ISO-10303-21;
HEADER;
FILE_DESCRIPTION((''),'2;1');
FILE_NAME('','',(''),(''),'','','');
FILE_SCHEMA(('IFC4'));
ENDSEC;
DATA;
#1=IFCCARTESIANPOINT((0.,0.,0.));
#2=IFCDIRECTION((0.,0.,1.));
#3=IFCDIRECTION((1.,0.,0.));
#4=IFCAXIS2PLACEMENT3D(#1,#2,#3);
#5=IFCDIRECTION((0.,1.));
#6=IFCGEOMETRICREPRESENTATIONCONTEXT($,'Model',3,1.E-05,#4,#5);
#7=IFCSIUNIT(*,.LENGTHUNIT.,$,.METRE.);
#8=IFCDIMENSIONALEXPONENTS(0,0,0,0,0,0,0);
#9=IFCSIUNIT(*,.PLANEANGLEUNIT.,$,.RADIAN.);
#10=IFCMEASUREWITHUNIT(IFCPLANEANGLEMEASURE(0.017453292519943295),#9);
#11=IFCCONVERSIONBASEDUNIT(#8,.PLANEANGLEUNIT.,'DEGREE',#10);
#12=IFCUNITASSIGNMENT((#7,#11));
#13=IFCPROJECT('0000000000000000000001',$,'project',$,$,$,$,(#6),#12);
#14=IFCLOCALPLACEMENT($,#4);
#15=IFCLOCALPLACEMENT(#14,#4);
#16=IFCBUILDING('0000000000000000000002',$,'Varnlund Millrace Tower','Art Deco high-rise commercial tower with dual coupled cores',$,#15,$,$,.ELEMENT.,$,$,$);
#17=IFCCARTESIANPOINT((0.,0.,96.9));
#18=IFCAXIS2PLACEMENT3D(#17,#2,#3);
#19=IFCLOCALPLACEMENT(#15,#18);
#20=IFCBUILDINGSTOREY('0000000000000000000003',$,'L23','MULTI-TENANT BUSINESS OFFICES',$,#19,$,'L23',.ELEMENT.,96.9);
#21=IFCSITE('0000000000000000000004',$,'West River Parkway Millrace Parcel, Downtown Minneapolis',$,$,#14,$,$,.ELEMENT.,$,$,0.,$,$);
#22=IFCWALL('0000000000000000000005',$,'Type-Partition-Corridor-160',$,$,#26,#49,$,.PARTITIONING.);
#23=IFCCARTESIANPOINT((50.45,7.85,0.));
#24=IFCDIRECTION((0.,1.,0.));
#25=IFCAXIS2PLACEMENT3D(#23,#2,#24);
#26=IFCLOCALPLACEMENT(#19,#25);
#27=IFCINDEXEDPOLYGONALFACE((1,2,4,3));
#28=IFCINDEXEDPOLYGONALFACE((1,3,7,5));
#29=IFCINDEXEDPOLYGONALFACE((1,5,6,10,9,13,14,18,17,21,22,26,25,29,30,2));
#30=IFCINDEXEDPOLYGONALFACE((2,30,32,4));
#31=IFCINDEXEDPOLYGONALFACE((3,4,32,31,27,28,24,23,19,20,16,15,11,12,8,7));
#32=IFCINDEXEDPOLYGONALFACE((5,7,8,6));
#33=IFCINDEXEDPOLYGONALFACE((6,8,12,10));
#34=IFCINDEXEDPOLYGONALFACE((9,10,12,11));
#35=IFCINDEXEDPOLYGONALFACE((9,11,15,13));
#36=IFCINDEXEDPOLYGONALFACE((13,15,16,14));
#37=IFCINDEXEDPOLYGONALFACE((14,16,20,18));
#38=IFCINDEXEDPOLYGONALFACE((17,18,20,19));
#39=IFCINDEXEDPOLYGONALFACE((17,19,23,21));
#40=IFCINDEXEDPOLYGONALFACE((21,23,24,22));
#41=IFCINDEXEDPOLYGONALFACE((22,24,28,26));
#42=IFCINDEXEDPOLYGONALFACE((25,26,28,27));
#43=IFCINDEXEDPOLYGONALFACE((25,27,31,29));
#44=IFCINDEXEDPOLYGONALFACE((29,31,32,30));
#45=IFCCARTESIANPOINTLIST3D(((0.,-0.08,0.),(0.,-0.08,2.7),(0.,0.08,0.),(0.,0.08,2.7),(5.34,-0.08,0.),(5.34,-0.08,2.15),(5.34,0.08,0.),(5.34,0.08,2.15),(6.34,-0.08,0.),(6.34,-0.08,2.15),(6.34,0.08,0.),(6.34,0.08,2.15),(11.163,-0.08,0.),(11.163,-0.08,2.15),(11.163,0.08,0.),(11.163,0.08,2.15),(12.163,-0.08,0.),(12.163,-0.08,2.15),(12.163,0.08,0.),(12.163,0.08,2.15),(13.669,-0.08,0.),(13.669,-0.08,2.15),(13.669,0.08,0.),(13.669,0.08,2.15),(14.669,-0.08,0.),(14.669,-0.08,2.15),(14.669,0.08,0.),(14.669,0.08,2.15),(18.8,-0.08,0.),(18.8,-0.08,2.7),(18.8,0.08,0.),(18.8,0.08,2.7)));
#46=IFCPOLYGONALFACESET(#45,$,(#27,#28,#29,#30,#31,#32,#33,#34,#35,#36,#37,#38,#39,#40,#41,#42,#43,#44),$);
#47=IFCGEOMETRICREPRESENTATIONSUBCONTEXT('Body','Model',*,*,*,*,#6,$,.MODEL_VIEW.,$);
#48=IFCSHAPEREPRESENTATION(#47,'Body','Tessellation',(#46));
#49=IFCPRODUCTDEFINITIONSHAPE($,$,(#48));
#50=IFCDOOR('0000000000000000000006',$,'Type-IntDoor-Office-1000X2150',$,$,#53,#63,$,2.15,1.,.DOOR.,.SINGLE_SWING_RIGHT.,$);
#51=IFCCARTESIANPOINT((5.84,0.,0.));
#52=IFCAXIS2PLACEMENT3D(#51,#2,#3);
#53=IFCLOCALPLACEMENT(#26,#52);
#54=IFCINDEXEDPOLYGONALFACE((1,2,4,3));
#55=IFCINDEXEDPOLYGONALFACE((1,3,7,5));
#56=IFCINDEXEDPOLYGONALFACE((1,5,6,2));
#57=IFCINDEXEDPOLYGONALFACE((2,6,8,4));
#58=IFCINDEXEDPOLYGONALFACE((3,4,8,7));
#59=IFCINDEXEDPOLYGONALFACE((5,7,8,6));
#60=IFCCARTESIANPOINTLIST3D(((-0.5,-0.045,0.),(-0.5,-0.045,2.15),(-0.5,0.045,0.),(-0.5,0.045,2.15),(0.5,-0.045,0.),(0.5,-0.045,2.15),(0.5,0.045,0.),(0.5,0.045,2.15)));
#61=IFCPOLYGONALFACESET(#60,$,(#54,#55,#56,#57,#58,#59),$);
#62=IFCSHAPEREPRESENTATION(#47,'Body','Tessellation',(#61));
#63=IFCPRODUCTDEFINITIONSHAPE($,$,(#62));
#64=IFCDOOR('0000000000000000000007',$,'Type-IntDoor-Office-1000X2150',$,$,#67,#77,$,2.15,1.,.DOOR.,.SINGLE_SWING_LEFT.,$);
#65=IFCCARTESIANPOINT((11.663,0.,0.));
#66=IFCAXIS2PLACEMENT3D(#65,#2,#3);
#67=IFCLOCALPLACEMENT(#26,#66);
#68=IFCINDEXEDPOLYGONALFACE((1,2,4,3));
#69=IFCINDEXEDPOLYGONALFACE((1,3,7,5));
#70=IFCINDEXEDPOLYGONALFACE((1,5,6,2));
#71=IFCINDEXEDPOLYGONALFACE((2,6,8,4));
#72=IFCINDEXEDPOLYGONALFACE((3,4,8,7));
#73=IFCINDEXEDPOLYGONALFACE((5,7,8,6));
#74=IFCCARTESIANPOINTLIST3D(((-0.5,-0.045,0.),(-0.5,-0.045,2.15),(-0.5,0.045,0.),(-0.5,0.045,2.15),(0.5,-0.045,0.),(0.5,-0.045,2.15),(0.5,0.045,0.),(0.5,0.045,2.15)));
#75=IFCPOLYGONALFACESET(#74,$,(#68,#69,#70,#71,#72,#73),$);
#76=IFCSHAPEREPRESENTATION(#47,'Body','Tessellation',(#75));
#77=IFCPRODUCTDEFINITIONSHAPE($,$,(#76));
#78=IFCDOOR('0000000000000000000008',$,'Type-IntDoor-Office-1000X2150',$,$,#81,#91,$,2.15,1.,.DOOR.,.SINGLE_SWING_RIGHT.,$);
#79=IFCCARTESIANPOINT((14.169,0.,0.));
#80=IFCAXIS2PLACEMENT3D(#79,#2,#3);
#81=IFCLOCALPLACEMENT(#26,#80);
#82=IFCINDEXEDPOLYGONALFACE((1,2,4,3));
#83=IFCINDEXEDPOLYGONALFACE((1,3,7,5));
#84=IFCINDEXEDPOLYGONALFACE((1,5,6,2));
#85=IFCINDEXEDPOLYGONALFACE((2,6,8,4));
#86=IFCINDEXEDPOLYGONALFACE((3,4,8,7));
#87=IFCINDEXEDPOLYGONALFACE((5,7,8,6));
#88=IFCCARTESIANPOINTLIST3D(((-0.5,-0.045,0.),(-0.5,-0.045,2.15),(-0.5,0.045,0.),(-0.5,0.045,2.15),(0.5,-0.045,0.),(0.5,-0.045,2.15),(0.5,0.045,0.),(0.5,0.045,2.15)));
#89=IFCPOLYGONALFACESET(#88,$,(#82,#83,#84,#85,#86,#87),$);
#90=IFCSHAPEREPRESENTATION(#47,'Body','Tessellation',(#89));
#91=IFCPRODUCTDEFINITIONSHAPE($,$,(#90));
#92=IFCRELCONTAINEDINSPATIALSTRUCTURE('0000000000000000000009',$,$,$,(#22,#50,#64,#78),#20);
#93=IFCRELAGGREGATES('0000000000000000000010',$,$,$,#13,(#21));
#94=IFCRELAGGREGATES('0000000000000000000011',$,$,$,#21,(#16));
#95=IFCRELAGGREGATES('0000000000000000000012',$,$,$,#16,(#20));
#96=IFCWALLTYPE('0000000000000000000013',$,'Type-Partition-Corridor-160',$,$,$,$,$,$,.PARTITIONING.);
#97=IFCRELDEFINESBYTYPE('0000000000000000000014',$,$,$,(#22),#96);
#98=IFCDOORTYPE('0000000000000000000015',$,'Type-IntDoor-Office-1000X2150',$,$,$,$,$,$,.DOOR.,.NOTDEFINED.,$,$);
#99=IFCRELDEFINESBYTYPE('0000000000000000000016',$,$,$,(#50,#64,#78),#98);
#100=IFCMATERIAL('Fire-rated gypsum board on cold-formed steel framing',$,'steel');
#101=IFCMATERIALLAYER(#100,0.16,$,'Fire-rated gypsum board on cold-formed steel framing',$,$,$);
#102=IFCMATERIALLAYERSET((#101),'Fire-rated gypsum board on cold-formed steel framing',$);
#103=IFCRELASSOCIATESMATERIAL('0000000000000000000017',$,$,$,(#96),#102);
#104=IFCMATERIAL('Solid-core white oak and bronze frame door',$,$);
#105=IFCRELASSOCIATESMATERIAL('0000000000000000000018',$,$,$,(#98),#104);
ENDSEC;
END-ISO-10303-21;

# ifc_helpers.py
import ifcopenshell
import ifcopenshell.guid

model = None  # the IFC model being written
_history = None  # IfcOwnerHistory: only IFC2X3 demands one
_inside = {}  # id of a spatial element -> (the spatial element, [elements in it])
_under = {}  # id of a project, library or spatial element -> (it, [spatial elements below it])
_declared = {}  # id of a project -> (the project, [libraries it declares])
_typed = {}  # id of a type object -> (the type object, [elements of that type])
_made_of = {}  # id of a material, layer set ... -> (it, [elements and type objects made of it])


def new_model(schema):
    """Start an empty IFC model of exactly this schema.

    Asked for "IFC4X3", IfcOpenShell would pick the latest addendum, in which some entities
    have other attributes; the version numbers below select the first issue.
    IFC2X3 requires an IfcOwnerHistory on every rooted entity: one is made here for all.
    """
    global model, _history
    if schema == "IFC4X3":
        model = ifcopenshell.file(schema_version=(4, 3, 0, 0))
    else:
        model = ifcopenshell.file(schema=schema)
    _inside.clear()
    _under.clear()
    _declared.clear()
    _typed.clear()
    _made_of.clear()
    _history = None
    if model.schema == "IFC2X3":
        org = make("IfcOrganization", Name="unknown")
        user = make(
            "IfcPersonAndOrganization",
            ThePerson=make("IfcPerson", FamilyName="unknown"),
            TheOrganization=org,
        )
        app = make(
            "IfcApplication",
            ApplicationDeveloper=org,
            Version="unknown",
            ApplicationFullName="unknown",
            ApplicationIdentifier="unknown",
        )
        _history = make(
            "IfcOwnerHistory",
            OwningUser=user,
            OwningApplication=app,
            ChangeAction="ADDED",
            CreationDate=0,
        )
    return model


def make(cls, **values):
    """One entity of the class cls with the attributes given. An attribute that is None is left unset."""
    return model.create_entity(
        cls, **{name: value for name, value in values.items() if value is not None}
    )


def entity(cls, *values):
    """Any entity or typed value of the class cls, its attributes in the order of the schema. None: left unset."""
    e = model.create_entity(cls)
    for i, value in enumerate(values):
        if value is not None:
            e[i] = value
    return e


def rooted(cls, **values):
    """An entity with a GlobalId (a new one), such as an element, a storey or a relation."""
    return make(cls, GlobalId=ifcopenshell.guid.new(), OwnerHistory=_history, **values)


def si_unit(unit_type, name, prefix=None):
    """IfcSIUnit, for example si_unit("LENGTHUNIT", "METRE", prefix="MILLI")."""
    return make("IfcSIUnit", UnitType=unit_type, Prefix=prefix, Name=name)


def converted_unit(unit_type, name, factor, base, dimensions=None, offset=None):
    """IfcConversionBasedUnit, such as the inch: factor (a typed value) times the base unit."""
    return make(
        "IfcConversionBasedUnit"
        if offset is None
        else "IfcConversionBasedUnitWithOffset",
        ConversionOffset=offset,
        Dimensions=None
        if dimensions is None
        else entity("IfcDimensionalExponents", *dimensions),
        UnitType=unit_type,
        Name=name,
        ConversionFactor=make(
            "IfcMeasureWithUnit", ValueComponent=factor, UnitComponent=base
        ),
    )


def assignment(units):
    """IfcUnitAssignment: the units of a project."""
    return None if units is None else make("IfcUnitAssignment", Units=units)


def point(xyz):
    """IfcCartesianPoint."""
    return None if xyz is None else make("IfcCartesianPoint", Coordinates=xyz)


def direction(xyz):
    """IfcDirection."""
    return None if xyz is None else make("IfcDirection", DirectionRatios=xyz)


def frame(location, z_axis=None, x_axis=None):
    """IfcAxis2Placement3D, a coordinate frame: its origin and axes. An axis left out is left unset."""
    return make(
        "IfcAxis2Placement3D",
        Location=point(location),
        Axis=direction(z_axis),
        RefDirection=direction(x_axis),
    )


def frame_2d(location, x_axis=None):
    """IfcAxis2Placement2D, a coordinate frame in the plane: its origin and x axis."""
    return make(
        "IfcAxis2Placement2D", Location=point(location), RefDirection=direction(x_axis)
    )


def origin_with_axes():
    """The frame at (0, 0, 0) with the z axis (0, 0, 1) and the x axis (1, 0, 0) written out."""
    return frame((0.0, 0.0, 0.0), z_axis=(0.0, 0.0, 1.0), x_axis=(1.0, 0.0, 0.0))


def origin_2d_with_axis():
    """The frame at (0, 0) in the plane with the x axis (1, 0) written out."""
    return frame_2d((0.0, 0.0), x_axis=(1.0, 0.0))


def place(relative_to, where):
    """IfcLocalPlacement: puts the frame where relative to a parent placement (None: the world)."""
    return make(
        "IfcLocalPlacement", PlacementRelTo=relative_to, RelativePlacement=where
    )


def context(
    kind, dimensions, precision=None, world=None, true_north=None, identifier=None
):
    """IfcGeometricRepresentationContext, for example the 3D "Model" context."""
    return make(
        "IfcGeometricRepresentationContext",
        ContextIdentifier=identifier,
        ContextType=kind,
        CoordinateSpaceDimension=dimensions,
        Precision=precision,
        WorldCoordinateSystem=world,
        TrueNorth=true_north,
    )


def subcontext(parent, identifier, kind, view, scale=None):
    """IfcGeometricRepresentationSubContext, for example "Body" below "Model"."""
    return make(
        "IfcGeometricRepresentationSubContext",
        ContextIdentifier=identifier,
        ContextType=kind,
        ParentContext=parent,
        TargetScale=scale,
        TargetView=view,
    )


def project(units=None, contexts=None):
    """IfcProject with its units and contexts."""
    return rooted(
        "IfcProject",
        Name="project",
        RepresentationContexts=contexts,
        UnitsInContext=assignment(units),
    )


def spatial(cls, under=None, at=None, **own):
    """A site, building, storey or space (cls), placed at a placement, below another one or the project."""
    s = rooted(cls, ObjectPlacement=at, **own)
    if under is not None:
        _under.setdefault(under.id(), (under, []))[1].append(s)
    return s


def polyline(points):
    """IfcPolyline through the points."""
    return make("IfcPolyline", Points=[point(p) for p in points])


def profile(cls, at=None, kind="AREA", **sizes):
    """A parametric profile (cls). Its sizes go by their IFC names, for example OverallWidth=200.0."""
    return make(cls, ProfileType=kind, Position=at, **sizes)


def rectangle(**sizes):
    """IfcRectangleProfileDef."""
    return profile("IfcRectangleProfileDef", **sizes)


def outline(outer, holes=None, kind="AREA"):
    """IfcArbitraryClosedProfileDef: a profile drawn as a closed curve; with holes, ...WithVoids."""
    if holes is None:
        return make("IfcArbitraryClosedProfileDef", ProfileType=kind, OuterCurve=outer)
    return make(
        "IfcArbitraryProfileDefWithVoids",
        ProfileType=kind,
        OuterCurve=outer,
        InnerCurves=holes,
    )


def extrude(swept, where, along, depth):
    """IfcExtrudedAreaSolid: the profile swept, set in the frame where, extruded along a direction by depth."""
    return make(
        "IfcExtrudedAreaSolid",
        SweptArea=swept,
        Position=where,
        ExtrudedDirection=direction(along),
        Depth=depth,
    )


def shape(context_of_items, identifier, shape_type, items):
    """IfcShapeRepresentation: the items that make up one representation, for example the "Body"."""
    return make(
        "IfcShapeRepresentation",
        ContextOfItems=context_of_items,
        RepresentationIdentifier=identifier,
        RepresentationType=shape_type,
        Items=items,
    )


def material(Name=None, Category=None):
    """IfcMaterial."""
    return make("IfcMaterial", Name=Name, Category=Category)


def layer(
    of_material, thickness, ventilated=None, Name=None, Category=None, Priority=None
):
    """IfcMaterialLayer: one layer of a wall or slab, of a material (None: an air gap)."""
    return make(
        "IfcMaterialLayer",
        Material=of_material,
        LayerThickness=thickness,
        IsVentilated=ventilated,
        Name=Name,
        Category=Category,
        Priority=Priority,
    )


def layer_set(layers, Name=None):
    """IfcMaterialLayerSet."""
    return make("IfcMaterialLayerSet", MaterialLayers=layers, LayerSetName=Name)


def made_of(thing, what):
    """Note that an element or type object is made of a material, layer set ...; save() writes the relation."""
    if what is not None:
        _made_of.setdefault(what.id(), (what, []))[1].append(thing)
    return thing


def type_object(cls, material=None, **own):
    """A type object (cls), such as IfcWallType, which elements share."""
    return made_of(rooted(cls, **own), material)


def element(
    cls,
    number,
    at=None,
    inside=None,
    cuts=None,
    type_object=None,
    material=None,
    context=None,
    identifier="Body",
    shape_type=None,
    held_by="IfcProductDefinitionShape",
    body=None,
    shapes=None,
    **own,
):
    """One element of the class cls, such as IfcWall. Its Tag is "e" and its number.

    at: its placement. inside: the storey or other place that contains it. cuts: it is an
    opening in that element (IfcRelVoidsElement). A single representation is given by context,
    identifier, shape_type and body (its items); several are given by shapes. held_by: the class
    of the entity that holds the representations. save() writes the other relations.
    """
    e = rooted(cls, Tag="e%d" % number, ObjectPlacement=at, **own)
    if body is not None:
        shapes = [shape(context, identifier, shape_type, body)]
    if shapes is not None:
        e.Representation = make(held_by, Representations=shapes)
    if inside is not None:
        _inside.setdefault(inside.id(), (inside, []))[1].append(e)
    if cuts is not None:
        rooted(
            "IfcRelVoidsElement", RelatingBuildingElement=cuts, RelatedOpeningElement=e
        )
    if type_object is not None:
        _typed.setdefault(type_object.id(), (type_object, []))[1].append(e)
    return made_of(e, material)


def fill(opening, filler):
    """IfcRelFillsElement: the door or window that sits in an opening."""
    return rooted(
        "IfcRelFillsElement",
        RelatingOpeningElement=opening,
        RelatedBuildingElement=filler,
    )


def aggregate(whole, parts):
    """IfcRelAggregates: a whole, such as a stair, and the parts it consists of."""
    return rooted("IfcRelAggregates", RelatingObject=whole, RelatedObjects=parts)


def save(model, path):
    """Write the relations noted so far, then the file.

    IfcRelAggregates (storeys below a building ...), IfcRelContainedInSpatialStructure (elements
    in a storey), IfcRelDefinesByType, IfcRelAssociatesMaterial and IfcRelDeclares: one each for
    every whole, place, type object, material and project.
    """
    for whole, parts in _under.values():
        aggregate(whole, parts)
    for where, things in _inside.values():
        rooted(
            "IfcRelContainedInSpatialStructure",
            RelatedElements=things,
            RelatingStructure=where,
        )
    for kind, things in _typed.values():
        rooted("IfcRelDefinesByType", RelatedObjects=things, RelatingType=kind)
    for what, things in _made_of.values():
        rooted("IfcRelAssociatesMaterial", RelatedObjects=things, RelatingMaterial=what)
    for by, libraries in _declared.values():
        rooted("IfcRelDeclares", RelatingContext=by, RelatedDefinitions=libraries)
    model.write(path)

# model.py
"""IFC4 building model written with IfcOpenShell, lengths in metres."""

from ifc_helpers import new_model, entity, si_unit, converted_unit, direction, frame, origin_with_axes, origin_2d_with_axis, place, context, subcontext, project, spatial, polyline, rectangle, outline, extrude, material, layer, layer_set, type_object, element, fill, save


model = new_model("IFC4")

# Units and contexts
model_context = context("Model", 3, precision=1e-05, world=origin_with_axes(), true_north=direction((0.0, 1.0)))
body_context = subcontext(model_context, "Body", "Model", "MODEL_VIEW")
ifc_project = project(units=[si_unit("LENGTHUNIT", "METRE"), converted_unit("PLANEANGLEUNIT", "DEGREE", entity("IfcPlaneAngleMeasure", 0.017453292519943295), si_unit("PLANEANGLEUNIT", "RADIAN"), dimensions=[0, 0, 0, 0, 0, 0, 0])], contexts=[model_context])

# Site, building, storey
site_placement = place(None, origin_with_axes())
site = spatial("IfcSite", under=ifc_project, at=site_placement, Name="West River Parkway Millrace Parcel, Downtown Minneapolis", CompositionType="ELEMENT", RefElevation=0.0)
building_placement = place(site_placement, origin_with_axes())
building = spatial("IfcBuilding", under=site, at=building_placement, Name="Varnlund Millrace Tower", Description="Art Deco high-rise commercial tower with dual coupled cores", CompositionType="ELEMENT")
storey_placement = place(building_placement, frame((0.0, 0.0, 96.9), z_axis=(0.0, 0.0, 1.0), x_axis=(1.0, 0.0, 0.0)))
storey = spatial("IfcBuildingStorey", under=building, at=storey_placement, Name="L23", Description="MULTI-TENANT BUSINESS OFFICES", LongName="L23", CompositionType="ELEMENT", Elevation=96.9)

# Wall, openings, doors
ifc_material_1 = material(Name="Fire-rated gypsum board on cold-formed steel framing", Category="steel")
ifc_layer_1 = layer(ifc_material_1, 0.16, Name="Fire-rated gypsum board on cold-formed steel framing")
ifc_layer_set_1 = layer_set([ifc_layer_1], Name="Fire-rated gypsum board on cold-formed steel framing")
wall_type_1 = type_object("IfcWallType", Name="Type-Partition-Corridor-160", PredefinedType="PARTITIONING", material=ifc_layer_set_1)
wall_1_placement = place(storey_placement, frame((50.45, 7.85, 0.0), z_axis=(0.0, 0.0, 1.0), x_axis=(0.0, 1.0, 0.0)))
wall_1 = element("IfcWall", 1, at=wall_1_placement, inside=storey, type_object=wall_type_1, Name="Type-Partition-Corridor-160", PredefinedType="PARTITIONING", context=body_context, shape_type="SweptSolid", body=[
    extrude(outline(polyline([(0.0, -0.08), (18.8, -0.08), (18.8, 0.08), (0.0, 0.08), (0.0, -0.08)])), origin_with_axes(), (0.0, 0.0, 1.0), 2.7),
])
opening_1_placement = place(wall_1_placement, frame((5.84, 0.0, 0.0), z_axis=(0.0, 0.0, 1.0), x_axis=(1.0, 0.0, 0.0)))
opening_1 = element("IfcOpeningElement", 2, at=opening_1_placement, cuts=wall_1, PredefinedType="OPENING", context=body_context, shape_type="SweptSolid", body=[
    extrude(rectangle(XDim=1.0, YDim=0.18, at=origin_2d_with_axis()), origin_with_axes(), (0.0, 0.0, 1.0), 2.15),
])
opening_2_placement = place(wall_1_placement, frame((11.663, 0.0, 0.0), z_axis=(0.0, 0.0, 1.0), x_axis=(1.0, 0.0, 0.0)))
opening_2 = element("IfcOpeningElement", 3, at=opening_2_placement, cuts=wall_1, PredefinedType="OPENING", context=body_context, shape_type="SweptSolid", body=[
    extrude(rectangle(XDim=1.0, YDim=0.18, at=origin_2d_with_axis()), origin_with_axes(), (0.0, 0.0, 1.0), 2.15),
])
opening_3_placement = place(wall_1_placement, frame((14.169, 0.0, 0.0), z_axis=(0.0, 0.0, 1.0), x_axis=(1.0, 0.0, 0.0)))
opening_3 = element("IfcOpeningElement", 4, at=opening_3_placement, cuts=wall_1, PredefinedType="OPENING", context=body_context, shape_type="SweptSolid", body=[
    extrude(rectangle(XDim=1.0, YDim=0.18, at=origin_2d_with_axis()), origin_with_axes(), (0.0, 0.0, 1.0), 2.15),
])
ifc_material_2 = material(Name="Solid-core white oak and bronze frame door")
door_type_1 = type_object("IfcDoorType", Name="Type-IntDoor-Office-1000X2150", OperationType="NOTDEFINED", PredefinedType="DOOR", material=ifc_material_2)
door_1_placement = place(wall_1_placement, frame((5.84, 0.0, 0.0), z_axis=(0.0, 0.0, 1.0), x_axis=(1.0, 0.0, 0.0)))
door_1 = element("IfcDoor", 5, at=door_1_placement, inside=storey, type_object=door_type_1, Name="Type-IntDoor-Office-1000X2150", OperationType="SINGLE_SWING_RIGHT", OverallHeight=2.15, OverallWidth=1.0, PredefinedType="DOOR", context=body_context, shape_type="SweptSolid", body=[
    extrude(rectangle(XDim=1.0, YDim=0.09, at=origin_2d_with_axis()), origin_with_axes(), (0.0, 0.0, 1.0), 2.15),
])
fill(opening_1, door_1)
door_2_placement = place(wall_1_placement, frame((11.663, 0.0, 0.0), z_axis=(0.0, 0.0, 1.0), x_axis=(1.0, 0.0, 0.0)))
door_2 = element("IfcDoor", 6, at=door_2_placement, inside=storey, type_object=door_type_1, Name="Type-IntDoor-Office-1000X2150", OperationType="SINGLE_SWING_LEFT", OverallHeight=2.15, OverallWidth=1.0, PredefinedType="DOOR", context=body_context, shape_type="SweptSolid", body=[
    extrude(rectangle(XDim=1.0, YDim=0.09, at=origin_2d_with_axis()), origin_with_axes(), (0.0, 0.0, 1.0), 2.15),
])
fill(opening_2, door_2)
door_3_placement = place(wall_1_placement, frame((14.169, 0.0, 0.0), z_axis=(0.0, 0.0, 1.0), x_axis=(1.0, 0.0, 0.0)))
door_3 = element("IfcDoor", 7, at=door_3_placement, inside=storey, type_object=door_type_1, Name="Type-IntDoor-Office-1000X2150", OperationType="SINGLE_SWING_RIGHT", OverallHeight=2.15, OverallWidth=1.0, PredefinedType="DOOR", context=body_context, shape_type="SweptSolid", body=[
    extrude(rectangle(XDim=1.0, YDim=0.09, at=origin_2d_with_axis()), origin_with_axes(), (0.0, 0.0, 1.0), 2.15),
])
fill(opening_3, door_3)

save(model, "model.ifc")
